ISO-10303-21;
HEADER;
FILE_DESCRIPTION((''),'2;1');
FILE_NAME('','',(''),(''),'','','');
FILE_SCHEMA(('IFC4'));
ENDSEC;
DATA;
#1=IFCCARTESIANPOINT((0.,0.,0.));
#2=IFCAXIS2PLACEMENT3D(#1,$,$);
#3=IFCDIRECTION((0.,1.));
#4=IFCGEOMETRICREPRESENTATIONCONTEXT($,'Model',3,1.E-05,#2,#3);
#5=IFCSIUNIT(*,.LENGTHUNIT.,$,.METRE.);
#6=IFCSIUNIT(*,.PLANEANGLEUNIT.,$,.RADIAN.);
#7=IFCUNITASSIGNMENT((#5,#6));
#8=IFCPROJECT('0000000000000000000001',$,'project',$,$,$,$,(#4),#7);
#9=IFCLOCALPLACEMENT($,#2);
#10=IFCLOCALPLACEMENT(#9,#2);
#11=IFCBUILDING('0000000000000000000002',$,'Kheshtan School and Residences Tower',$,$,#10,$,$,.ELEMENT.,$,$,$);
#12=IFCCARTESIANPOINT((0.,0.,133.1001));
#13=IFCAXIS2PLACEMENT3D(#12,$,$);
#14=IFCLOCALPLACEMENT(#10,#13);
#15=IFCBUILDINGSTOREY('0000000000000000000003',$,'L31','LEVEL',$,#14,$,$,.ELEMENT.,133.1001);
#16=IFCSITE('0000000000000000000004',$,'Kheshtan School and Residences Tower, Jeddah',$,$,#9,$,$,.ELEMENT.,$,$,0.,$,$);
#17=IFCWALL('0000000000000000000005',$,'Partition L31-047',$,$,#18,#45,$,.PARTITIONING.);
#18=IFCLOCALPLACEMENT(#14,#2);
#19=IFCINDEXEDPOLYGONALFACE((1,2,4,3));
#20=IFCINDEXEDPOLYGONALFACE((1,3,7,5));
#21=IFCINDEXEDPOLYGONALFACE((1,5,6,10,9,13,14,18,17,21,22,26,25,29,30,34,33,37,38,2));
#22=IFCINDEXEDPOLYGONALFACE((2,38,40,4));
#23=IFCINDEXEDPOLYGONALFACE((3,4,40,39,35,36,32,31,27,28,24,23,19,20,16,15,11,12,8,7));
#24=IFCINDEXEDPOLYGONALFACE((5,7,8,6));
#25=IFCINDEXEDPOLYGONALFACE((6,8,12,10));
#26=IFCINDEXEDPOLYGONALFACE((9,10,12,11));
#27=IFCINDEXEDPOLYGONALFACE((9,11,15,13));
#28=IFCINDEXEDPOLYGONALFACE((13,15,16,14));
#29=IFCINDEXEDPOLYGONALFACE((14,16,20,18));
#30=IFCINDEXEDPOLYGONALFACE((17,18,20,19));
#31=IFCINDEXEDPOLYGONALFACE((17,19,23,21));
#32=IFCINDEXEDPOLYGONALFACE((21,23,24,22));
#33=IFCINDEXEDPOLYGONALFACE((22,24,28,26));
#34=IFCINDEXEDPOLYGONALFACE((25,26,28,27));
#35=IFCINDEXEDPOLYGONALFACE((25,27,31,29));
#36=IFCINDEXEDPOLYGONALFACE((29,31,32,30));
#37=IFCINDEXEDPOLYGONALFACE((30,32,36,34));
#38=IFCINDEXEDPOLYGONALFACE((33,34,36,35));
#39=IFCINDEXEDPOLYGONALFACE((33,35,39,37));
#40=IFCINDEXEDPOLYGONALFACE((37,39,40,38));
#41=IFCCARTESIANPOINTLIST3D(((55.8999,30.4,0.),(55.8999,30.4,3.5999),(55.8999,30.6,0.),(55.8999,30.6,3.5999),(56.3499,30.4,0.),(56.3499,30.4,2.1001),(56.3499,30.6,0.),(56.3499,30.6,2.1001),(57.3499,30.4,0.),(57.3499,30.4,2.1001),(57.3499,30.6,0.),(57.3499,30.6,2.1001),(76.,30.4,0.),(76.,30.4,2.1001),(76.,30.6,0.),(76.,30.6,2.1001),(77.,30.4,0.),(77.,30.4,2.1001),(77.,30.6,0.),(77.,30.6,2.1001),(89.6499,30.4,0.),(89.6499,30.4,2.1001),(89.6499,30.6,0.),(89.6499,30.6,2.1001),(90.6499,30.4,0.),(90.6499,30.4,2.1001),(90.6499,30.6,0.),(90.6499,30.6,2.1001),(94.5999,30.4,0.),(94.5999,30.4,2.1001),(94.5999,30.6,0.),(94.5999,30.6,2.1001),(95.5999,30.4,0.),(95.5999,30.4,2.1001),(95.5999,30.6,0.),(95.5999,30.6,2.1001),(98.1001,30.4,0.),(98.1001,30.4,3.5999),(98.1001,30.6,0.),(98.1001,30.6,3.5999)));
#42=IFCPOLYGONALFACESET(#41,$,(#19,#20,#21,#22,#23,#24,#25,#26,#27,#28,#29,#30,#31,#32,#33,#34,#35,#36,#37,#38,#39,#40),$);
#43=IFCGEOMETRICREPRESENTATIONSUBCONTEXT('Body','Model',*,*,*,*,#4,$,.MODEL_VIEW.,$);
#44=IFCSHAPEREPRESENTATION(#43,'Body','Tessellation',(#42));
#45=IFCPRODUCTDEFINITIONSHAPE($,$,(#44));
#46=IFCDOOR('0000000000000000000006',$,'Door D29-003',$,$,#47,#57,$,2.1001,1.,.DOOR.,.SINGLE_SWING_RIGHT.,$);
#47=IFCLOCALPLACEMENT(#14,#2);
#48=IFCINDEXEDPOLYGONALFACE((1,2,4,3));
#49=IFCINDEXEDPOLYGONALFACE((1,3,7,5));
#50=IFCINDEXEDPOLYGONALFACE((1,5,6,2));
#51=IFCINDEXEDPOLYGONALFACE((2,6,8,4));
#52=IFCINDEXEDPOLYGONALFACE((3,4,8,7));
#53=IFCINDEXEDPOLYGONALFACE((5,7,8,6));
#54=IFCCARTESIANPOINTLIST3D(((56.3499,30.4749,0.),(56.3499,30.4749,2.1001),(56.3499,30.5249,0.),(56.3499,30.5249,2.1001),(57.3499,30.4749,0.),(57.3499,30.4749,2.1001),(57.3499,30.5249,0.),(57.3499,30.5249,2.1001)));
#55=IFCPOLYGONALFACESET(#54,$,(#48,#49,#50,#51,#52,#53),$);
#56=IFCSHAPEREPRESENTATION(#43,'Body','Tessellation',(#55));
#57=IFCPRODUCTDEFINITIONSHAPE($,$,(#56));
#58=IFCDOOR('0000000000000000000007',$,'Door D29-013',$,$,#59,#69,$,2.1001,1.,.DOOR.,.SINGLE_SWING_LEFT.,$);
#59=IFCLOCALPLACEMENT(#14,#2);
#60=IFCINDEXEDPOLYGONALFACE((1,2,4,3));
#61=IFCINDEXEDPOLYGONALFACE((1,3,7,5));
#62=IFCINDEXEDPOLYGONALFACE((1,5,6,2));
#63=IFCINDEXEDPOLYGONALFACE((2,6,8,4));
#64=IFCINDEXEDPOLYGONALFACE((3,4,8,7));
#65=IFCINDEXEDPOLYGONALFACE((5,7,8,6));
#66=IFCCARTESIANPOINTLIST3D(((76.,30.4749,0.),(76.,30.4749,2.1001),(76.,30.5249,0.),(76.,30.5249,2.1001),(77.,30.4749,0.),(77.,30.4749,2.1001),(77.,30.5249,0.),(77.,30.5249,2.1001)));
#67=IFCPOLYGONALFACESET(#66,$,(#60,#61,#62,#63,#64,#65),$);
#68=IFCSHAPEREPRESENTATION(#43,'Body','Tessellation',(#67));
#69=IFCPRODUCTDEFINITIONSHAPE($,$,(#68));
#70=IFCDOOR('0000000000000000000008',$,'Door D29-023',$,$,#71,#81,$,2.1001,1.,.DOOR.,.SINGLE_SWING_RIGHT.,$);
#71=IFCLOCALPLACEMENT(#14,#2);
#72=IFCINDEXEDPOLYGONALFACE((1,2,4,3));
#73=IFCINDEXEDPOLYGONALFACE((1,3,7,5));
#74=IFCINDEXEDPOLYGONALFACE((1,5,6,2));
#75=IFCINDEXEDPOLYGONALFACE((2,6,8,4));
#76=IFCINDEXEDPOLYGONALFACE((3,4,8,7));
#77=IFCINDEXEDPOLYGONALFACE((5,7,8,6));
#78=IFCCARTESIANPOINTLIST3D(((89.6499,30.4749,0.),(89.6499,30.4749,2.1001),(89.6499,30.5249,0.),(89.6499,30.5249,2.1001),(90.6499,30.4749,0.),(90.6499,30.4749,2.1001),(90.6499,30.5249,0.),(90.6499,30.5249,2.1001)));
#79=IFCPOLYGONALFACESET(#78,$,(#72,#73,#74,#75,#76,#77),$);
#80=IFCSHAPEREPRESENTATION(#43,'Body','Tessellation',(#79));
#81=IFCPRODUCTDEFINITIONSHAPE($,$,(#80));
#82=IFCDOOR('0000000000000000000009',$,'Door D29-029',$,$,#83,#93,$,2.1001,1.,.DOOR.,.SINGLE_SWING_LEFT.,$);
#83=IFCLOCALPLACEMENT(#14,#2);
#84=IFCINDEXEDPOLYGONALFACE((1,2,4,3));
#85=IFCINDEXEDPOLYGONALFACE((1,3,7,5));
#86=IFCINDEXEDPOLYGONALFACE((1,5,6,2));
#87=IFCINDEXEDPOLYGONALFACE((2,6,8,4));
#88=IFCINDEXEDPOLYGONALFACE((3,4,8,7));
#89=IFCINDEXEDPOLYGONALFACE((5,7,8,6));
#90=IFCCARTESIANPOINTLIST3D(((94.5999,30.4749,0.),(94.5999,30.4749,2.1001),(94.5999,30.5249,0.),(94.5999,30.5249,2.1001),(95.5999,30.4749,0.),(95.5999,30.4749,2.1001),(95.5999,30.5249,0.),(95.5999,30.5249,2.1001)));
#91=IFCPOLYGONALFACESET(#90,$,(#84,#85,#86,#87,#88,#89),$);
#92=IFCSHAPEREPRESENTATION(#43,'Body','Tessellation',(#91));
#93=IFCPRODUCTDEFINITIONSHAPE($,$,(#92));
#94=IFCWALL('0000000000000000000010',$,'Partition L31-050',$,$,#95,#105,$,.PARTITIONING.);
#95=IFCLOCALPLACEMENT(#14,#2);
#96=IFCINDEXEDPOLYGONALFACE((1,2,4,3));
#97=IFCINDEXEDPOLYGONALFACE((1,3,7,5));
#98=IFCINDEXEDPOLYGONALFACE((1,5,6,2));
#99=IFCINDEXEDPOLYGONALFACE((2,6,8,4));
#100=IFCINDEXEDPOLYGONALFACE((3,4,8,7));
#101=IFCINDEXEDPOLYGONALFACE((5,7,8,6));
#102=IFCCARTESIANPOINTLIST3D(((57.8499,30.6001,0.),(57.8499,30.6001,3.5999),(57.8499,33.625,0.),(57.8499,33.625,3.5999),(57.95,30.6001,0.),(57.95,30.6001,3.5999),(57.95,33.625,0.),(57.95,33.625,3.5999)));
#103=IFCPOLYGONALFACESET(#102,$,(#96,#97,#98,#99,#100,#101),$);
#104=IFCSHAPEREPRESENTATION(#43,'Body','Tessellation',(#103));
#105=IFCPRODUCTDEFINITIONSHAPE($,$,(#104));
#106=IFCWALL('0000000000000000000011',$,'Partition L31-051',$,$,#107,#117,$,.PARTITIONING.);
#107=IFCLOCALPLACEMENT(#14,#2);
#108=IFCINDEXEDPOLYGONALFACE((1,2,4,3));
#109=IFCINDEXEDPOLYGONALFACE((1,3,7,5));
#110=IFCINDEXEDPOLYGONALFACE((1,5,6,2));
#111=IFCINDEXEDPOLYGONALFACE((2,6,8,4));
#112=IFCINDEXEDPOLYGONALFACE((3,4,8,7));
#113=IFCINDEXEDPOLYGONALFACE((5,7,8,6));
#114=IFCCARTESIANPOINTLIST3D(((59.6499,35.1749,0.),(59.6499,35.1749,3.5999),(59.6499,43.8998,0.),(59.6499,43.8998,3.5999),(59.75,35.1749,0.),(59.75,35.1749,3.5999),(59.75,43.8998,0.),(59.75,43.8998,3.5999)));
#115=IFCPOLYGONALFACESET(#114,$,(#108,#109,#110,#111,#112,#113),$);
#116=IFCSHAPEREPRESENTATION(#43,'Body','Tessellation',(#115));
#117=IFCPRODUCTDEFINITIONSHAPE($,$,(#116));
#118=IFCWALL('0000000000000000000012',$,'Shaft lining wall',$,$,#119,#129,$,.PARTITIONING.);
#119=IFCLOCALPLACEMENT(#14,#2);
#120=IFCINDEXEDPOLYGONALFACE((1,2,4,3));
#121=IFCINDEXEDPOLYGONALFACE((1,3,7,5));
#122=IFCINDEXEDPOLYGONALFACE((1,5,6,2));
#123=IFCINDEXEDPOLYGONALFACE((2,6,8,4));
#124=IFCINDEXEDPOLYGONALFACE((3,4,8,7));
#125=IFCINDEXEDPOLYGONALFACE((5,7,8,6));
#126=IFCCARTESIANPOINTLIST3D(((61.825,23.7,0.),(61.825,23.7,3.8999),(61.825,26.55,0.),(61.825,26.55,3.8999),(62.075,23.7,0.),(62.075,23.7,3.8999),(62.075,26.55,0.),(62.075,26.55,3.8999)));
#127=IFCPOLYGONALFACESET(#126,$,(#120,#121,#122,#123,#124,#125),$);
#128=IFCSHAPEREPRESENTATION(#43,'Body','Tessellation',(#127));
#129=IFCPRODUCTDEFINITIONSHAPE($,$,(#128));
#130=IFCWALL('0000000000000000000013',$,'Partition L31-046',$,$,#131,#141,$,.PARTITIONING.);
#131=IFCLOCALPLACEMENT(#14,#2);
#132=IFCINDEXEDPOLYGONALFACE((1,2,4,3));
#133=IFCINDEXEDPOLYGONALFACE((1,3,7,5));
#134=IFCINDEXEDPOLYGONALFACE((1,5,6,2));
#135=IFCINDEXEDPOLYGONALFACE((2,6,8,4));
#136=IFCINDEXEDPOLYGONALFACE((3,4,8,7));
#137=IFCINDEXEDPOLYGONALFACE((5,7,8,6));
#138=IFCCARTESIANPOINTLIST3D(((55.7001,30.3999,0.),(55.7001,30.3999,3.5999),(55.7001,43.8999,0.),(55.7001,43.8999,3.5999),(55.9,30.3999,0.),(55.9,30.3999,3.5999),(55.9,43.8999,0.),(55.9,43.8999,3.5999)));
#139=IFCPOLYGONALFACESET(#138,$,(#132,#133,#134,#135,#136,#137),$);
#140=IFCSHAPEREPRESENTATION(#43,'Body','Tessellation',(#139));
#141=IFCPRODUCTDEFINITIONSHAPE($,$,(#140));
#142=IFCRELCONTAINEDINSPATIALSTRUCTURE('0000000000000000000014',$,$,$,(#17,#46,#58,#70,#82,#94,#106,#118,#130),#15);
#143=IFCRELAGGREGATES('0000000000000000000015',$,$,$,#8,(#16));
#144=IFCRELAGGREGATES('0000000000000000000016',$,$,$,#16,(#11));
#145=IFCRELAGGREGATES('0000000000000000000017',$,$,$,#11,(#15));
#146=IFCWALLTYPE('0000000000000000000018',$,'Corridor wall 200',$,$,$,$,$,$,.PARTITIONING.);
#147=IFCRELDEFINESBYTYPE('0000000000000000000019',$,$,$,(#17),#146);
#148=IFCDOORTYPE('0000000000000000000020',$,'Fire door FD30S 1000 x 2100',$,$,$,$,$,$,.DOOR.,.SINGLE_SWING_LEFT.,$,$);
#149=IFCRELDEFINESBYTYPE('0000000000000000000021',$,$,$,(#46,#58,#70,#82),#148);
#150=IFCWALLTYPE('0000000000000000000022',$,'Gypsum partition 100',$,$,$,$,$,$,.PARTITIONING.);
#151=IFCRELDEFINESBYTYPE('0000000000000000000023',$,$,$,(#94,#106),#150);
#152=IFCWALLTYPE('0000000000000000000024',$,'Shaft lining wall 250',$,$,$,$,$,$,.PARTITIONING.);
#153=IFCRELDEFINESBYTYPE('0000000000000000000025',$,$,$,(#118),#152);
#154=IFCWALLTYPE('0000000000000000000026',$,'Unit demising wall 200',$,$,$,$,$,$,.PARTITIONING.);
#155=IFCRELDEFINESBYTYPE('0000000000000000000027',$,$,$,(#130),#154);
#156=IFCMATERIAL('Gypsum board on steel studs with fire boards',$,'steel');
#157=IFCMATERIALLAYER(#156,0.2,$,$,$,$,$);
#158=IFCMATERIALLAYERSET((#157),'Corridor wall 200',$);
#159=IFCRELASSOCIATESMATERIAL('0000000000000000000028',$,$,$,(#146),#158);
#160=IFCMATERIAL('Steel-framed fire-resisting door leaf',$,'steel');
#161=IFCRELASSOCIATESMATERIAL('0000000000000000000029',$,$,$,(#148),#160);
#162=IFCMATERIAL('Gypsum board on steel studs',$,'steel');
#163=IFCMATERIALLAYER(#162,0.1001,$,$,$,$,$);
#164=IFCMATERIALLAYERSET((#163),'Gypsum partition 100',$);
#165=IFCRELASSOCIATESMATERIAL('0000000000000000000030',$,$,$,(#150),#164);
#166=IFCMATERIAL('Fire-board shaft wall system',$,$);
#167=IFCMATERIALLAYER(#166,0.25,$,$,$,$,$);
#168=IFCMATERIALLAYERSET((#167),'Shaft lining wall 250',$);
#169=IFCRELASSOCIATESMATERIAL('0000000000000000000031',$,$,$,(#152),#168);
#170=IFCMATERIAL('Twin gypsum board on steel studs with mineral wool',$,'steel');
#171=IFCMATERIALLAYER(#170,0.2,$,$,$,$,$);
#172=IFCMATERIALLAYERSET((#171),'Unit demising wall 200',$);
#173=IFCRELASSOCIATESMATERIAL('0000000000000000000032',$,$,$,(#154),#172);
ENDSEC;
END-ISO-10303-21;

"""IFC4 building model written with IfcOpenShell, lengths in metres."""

from ifc_helpers import new_model, si_unit, direction, frame, frame_2d, origin, place, context, subcontext, project, spatial, rectangle, extrude, source, transform, mapped, material, layer, layer_set, type_object, element, fill, save


model = new_model("IFC4")

# Units and contexts
model_context = context("Model", 3, precision=1e-05, world=origin(), true_north=direction((0.0, 1.0)))
body_context = subcontext(model_context, "Body", "Model", "MODEL_VIEW")
ifc_project = project(units=[si_unit("LENGTHUNIT", "METRE"), si_unit("PLANEANGLEUNIT", "RADIAN")], contexts=[model_context])

# Site, building, storey
site_placement = place(None, origin())
site = spatial("IfcSite", under=ifc_project, at=site_placement, Name="Kheshtan School and Residences Tower, Jeddah", CompositionType="ELEMENT", RefElevation=0.0)
building_placement = place(site_placement, origin())
building = spatial("IfcBuilding", under=site, at=building_placement, Name="Kheshtan School and Residences Tower", CompositionType="ELEMENT")
storey_placement = place(building_placement, frame((0.0, 0.0, 133.1001)))
storey = spatial("IfcBuildingStorey", under=building, at=storey_placement, Name="L31", Description="LEVEL", CompositionType="ELEMENT", Elevation=133.1001)

# Wall, openings, doors
ifc_material_1 = material(Name="Gypsum board on steel studs with fire boards", Category="steel")
ifc_layer_1 = layer(ifc_material_1, 0.2)
ifc_layer_set_1 = layer_set([ifc_layer_1], Name="Corridor wall 200")
wall_type_1 = type_object("IfcWallType", Name="Corridor wall 200", PredefinedType="PARTITIONING", material=ifc_layer_set_1)
wall_1_placement = place(storey_placement, frame((55.8999, 30.5, 0.0), z_axis=(0.0, 0.0, 1.0), x_axis=(1.0, 0.0, 0.0)))
wall_1 = element("IfcWall", 1, at=wall_1_placement, inside=storey, type_object=wall_type_1, Name="Partition L31-047", PredefinedType="PARTITIONING", context=body_context, shape_type="SweptSolid", body=[
    extrude(rectangle(XDim=42.2002, YDim=0.2, at=frame_2d((21.1001, 0.0))), origin(), (0.0, 0.0, 1.0), 3.5999),
])
opening_1_placement = place(wall_1_placement, frame((0.45, 0.0, 0.0)))
opening_1 = element("IfcOpeningElement", 2, at=opening_1_placement, cuts=wall_1, PredefinedType="OPENING", context=body_context, shape_type="SweptSolid", body=[
    extrude(rectangle(XDim=1.0, YDim=2.1001, at=frame_2d((0.5, 1.05))), frame((0.0, 0.1099, 0.0), z_axis=(0.0, -1.0, 0.0), x_axis=(1.0, 0.0, 0.0)), (0.0, 0.0, 1.0), 0.22),
])
opening_2_placement = place(wall_1_placement, frame((20.1001, 0.0, 0.0)))
opening_2 = element("IfcOpeningElement", 3, at=opening_2_placement, cuts=wall_1, PredefinedType="OPENING", context=body_context, shape_type="SweptSolid", body=[
    extrude(rectangle(XDim=1.0, YDim=2.1001, at=frame_2d((0.5, 1.05))), frame((0.0, 0.1099, 0.0), z_axis=(0.0, -1.0, 0.0), x_axis=(1.0, 0.0, 0.0)), (0.0, 0.0, 1.0), 0.22),
])
opening_3_placement = place(wall_1_placement, frame((33.75, 0.0, 0.0)))
opening_3 = element("IfcOpeningElement", 4, at=opening_3_placement, cuts=wall_1, PredefinedType="OPENING", context=body_context, shape_type="SweptSolid", body=[
    extrude(rectangle(XDim=1.0, YDim=2.1001, at=frame_2d((0.5, 1.05))), frame((0.0, 0.1099, 0.0), z_axis=(0.0, -1.0, 0.0), x_axis=(1.0, 0.0, 0.0)), (0.0, 0.0, 1.0), 0.22),
])
opening_4_placement = place(wall_1_placement, frame((38.7, 0.0, 0.0)))
opening_4 = element("IfcOpeningElement", 5, at=opening_4_placement, cuts=wall_1, PredefinedType="OPENING", context=body_context, shape_type="SweptSolid", body=[
    extrude(rectangle(XDim=1.0, YDim=2.1001, at=frame_2d((0.5, 1.05))), frame((0.0, 0.1099, 0.0), z_axis=(0.0, -1.0, 0.0), x_axis=(1.0, 0.0, 0.0)), (0.0, 0.0, 1.0), 0.22),
])
ifc_material_2 = material(Name="Steel-framed fire-resisting door leaf", Category="steel")
door_type_1 = type_object("IfcDoorType", Name="Fire door FD30S 1000 x 2100", OperationType="SINGLE_SWING_LEFT", PredefinedType="DOOR", material=ifc_material_2)
shared_shape_1 = source(origin(), body_context, "Body", "SweptSolid", [
    extrude(rectangle(XDim=1.0, YDim=2.1001, at=frame_2d((0.5, 1.05))), frame((0.0, 0.0249, 0.0), z_axis=(0.0, -1.0, 0.0), x_axis=(1.0, 0.0, 0.0)), (0.0, 0.0, 1.0), 0.05),
])
door_1_placement = place(opening_1_placement, origin())
door_1 = element("IfcDoor", 6, at=door_1_placement, inside=storey, type_object=door_type_1, Name="Door D29-003", OperationType="SINGLE_SWING_RIGHT", OverallHeight=2.1001, OverallWidth=1.0, PredefinedType="DOOR", context=body_context, shape_type="MappedRepresentation", body=[
    mapped(shared_shape_1, transform((0.0, 0.0, 0.0), x_axis=(1.0, 0.0, 0.0), y_axis=(0.0, 1.0, 0.0), z_axis=(0.0, 0.0, 1.0), scale=1.0)),
])
fill(opening_1, door_1)
door_2_placement = place(opening_2_placement, origin())
door_2 = element("IfcDoor", 7, at=door_2_placement, inside=storey, type_object=door_type_1, Name="Door D29-013", OperationType="SINGLE_SWING_LEFT", OverallHeight=2.1001, OverallWidth=1.0, PredefinedType="DOOR", context=body_context, shape_type="MappedRepresentation", body=[
    mapped(shared_shape_1, transform((0.0, 0.0, 0.0), x_axis=(1.0, 0.0, 0.0), y_axis=(0.0, 1.0, 0.0), z_axis=(0.0, 0.0, 1.0), scale=1.0)),
])
fill(opening_2, door_2)
door_3_placement = place(opening_3_placement, origin())
door_3 = element("IfcDoor", 8, at=door_3_placement, inside=storey, type_object=door_type_1, Name="Door D29-023", OperationType="SINGLE_SWING_RIGHT", OverallHeight=2.1001, OverallWidth=1.0, PredefinedType="DOOR", context=body_context, shape_type="MappedRepresentation", body=[
    mapped(shared_shape_1, transform((0.0, 0.0, 0.0), x_axis=(1.0, 0.0, 0.0), y_axis=(0.0, 1.0, 0.0), z_axis=(0.0, 0.0, 1.0), scale=1.0)),
])
fill(opening_3, door_3)
door_4_placement = place(opening_4_placement, origin())
door_4 = element("IfcDoor", 9, at=door_4_placement, inside=storey, type_object=door_type_1, Name="Door D29-029", OperationType="SINGLE_SWING_LEFT", OverallHeight=2.1001, OverallWidth=1.0, PredefinedType="DOOR", context=body_context, shape_type="MappedRepresentation", body=[
    mapped(shared_shape_1, transform((0.0, 0.0, 0.0), x_axis=(1.0, 0.0, 0.0), y_axis=(0.0, 1.0, 0.0), z_axis=(0.0, 0.0, 1.0), scale=1.0)),
])
fill(opening_4, door_4)

# Walls
ifc_material_3 = material(Name="Gypsum board on steel studs", Category="steel")
ifc_layer_2 = layer(ifc_material_3, 0.1001)
ifc_layer_set_2 = layer_set([ifc_layer_2], Name="Gypsum partition 100")
wall_type_2 = type_object("IfcWallType", Name="Gypsum partition 100", PredefinedType="PARTITIONING", material=ifc_layer_set_2)
wall_2_placement = place(storey_placement, frame((57.8999, 30.6001, 0.0), z_axis=(0.0, 0.0, 1.0), x_axis=(0.0, 1.0, 0.0)))
element("IfcWall", 10, at=wall_2_placement, inside=storey, type_object=wall_type_2, Name="Partition L31-050", PredefinedType="PARTITIONING", context=body_context, shape_type="SweptSolid", body=[
    extrude(rectangle(XDim=3.0249, YDim=0.1001, at=frame_2d((1.5125, 0.0))), origin(), (0.0, 0.0, 1.0), 3.5999),
])
wall_3_placement = place(storey_placement, frame((59.7, 35.175, 0.0), z_axis=(0.0, 0.0, 1.0), x_axis=(0.0, 1.0, 0.0)))
element("IfcWall", 11, at=wall_3_placement, inside=storey, type_object=wall_type_2, Name="Partition L31-051", PredefinedType="PARTITIONING", context=body_context, shape_type="SweptSolid", body=[
    extrude(rectangle(XDim=8.7249, YDim=0.1001, at=frame_2d((4.3623, 0.0))), origin(), (0.0, 0.0, 1.0), 3.5999),
])
ifc_material_4 = material(Name="Fire-board shaft wall system")
ifc_layer_3 = layer(ifc_material_4, 0.25)
ifc_layer_set_3 = layer_set([ifc_layer_3], Name="Shaft lining wall 250")
wall_type_3 = type_object("IfcWallType", Name="Shaft lining wall 250", PredefinedType="PARTITIONING", material=ifc_layer_set_3)
wall_4_placement = place(storey_placement, frame((61.95, 23.7, 0.0), z_axis=(0.0, 0.0, 1.0), x_axis=(0.0, 1.0, 0.0)))
element("IfcWall", 12, at=wall_4_placement, inside=storey, type_object=wall_type_3, Name="Shaft lining wall", PredefinedType="PARTITIONING", context=body_context, shape_type="SweptSolid", body=[
    extrude(rectangle(XDim=2.8501, YDim=0.25, at=frame_2d((1.425, 0.0))), origin(), (0.0, 0.0, 1.0), 3.8999),
])
ifc_material_5 = material(Name="Twin gypsum board on steel studs with mineral wool", Category="steel")
ifc_layer_4 = layer(ifc_material_5, 0.2)
ifc_layer_set_4 = layer_set([ifc_layer_4], Name="Unit demising wall 200")
wall_type_4 = type_object("IfcWallType", Name="Unit demising wall 200", PredefinedType="PARTITIONING", material=ifc_layer_set_4)
wall_5_placement = place(storey_placement, frame((55.8, 30.3999, 0.0), z_axis=(0.0, 0.0, 1.0), x_axis=(0.0, 1.0, 0.0)))
element("IfcWall", 13, at=wall_5_placement, inside=storey, type_object=wall_type_4, Name="Partition L31-046", PredefinedType="PARTITIONING", context=body_context, shape_type="SweptSolid", body=[
    extrude(rectangle(XDim=13.5, YDim=0.2, at=frame_2d((6.75, 0.0))), origin(), (0.0, 0.0, 1.0), 3.5999),
])

save(model, "model.ifc")
